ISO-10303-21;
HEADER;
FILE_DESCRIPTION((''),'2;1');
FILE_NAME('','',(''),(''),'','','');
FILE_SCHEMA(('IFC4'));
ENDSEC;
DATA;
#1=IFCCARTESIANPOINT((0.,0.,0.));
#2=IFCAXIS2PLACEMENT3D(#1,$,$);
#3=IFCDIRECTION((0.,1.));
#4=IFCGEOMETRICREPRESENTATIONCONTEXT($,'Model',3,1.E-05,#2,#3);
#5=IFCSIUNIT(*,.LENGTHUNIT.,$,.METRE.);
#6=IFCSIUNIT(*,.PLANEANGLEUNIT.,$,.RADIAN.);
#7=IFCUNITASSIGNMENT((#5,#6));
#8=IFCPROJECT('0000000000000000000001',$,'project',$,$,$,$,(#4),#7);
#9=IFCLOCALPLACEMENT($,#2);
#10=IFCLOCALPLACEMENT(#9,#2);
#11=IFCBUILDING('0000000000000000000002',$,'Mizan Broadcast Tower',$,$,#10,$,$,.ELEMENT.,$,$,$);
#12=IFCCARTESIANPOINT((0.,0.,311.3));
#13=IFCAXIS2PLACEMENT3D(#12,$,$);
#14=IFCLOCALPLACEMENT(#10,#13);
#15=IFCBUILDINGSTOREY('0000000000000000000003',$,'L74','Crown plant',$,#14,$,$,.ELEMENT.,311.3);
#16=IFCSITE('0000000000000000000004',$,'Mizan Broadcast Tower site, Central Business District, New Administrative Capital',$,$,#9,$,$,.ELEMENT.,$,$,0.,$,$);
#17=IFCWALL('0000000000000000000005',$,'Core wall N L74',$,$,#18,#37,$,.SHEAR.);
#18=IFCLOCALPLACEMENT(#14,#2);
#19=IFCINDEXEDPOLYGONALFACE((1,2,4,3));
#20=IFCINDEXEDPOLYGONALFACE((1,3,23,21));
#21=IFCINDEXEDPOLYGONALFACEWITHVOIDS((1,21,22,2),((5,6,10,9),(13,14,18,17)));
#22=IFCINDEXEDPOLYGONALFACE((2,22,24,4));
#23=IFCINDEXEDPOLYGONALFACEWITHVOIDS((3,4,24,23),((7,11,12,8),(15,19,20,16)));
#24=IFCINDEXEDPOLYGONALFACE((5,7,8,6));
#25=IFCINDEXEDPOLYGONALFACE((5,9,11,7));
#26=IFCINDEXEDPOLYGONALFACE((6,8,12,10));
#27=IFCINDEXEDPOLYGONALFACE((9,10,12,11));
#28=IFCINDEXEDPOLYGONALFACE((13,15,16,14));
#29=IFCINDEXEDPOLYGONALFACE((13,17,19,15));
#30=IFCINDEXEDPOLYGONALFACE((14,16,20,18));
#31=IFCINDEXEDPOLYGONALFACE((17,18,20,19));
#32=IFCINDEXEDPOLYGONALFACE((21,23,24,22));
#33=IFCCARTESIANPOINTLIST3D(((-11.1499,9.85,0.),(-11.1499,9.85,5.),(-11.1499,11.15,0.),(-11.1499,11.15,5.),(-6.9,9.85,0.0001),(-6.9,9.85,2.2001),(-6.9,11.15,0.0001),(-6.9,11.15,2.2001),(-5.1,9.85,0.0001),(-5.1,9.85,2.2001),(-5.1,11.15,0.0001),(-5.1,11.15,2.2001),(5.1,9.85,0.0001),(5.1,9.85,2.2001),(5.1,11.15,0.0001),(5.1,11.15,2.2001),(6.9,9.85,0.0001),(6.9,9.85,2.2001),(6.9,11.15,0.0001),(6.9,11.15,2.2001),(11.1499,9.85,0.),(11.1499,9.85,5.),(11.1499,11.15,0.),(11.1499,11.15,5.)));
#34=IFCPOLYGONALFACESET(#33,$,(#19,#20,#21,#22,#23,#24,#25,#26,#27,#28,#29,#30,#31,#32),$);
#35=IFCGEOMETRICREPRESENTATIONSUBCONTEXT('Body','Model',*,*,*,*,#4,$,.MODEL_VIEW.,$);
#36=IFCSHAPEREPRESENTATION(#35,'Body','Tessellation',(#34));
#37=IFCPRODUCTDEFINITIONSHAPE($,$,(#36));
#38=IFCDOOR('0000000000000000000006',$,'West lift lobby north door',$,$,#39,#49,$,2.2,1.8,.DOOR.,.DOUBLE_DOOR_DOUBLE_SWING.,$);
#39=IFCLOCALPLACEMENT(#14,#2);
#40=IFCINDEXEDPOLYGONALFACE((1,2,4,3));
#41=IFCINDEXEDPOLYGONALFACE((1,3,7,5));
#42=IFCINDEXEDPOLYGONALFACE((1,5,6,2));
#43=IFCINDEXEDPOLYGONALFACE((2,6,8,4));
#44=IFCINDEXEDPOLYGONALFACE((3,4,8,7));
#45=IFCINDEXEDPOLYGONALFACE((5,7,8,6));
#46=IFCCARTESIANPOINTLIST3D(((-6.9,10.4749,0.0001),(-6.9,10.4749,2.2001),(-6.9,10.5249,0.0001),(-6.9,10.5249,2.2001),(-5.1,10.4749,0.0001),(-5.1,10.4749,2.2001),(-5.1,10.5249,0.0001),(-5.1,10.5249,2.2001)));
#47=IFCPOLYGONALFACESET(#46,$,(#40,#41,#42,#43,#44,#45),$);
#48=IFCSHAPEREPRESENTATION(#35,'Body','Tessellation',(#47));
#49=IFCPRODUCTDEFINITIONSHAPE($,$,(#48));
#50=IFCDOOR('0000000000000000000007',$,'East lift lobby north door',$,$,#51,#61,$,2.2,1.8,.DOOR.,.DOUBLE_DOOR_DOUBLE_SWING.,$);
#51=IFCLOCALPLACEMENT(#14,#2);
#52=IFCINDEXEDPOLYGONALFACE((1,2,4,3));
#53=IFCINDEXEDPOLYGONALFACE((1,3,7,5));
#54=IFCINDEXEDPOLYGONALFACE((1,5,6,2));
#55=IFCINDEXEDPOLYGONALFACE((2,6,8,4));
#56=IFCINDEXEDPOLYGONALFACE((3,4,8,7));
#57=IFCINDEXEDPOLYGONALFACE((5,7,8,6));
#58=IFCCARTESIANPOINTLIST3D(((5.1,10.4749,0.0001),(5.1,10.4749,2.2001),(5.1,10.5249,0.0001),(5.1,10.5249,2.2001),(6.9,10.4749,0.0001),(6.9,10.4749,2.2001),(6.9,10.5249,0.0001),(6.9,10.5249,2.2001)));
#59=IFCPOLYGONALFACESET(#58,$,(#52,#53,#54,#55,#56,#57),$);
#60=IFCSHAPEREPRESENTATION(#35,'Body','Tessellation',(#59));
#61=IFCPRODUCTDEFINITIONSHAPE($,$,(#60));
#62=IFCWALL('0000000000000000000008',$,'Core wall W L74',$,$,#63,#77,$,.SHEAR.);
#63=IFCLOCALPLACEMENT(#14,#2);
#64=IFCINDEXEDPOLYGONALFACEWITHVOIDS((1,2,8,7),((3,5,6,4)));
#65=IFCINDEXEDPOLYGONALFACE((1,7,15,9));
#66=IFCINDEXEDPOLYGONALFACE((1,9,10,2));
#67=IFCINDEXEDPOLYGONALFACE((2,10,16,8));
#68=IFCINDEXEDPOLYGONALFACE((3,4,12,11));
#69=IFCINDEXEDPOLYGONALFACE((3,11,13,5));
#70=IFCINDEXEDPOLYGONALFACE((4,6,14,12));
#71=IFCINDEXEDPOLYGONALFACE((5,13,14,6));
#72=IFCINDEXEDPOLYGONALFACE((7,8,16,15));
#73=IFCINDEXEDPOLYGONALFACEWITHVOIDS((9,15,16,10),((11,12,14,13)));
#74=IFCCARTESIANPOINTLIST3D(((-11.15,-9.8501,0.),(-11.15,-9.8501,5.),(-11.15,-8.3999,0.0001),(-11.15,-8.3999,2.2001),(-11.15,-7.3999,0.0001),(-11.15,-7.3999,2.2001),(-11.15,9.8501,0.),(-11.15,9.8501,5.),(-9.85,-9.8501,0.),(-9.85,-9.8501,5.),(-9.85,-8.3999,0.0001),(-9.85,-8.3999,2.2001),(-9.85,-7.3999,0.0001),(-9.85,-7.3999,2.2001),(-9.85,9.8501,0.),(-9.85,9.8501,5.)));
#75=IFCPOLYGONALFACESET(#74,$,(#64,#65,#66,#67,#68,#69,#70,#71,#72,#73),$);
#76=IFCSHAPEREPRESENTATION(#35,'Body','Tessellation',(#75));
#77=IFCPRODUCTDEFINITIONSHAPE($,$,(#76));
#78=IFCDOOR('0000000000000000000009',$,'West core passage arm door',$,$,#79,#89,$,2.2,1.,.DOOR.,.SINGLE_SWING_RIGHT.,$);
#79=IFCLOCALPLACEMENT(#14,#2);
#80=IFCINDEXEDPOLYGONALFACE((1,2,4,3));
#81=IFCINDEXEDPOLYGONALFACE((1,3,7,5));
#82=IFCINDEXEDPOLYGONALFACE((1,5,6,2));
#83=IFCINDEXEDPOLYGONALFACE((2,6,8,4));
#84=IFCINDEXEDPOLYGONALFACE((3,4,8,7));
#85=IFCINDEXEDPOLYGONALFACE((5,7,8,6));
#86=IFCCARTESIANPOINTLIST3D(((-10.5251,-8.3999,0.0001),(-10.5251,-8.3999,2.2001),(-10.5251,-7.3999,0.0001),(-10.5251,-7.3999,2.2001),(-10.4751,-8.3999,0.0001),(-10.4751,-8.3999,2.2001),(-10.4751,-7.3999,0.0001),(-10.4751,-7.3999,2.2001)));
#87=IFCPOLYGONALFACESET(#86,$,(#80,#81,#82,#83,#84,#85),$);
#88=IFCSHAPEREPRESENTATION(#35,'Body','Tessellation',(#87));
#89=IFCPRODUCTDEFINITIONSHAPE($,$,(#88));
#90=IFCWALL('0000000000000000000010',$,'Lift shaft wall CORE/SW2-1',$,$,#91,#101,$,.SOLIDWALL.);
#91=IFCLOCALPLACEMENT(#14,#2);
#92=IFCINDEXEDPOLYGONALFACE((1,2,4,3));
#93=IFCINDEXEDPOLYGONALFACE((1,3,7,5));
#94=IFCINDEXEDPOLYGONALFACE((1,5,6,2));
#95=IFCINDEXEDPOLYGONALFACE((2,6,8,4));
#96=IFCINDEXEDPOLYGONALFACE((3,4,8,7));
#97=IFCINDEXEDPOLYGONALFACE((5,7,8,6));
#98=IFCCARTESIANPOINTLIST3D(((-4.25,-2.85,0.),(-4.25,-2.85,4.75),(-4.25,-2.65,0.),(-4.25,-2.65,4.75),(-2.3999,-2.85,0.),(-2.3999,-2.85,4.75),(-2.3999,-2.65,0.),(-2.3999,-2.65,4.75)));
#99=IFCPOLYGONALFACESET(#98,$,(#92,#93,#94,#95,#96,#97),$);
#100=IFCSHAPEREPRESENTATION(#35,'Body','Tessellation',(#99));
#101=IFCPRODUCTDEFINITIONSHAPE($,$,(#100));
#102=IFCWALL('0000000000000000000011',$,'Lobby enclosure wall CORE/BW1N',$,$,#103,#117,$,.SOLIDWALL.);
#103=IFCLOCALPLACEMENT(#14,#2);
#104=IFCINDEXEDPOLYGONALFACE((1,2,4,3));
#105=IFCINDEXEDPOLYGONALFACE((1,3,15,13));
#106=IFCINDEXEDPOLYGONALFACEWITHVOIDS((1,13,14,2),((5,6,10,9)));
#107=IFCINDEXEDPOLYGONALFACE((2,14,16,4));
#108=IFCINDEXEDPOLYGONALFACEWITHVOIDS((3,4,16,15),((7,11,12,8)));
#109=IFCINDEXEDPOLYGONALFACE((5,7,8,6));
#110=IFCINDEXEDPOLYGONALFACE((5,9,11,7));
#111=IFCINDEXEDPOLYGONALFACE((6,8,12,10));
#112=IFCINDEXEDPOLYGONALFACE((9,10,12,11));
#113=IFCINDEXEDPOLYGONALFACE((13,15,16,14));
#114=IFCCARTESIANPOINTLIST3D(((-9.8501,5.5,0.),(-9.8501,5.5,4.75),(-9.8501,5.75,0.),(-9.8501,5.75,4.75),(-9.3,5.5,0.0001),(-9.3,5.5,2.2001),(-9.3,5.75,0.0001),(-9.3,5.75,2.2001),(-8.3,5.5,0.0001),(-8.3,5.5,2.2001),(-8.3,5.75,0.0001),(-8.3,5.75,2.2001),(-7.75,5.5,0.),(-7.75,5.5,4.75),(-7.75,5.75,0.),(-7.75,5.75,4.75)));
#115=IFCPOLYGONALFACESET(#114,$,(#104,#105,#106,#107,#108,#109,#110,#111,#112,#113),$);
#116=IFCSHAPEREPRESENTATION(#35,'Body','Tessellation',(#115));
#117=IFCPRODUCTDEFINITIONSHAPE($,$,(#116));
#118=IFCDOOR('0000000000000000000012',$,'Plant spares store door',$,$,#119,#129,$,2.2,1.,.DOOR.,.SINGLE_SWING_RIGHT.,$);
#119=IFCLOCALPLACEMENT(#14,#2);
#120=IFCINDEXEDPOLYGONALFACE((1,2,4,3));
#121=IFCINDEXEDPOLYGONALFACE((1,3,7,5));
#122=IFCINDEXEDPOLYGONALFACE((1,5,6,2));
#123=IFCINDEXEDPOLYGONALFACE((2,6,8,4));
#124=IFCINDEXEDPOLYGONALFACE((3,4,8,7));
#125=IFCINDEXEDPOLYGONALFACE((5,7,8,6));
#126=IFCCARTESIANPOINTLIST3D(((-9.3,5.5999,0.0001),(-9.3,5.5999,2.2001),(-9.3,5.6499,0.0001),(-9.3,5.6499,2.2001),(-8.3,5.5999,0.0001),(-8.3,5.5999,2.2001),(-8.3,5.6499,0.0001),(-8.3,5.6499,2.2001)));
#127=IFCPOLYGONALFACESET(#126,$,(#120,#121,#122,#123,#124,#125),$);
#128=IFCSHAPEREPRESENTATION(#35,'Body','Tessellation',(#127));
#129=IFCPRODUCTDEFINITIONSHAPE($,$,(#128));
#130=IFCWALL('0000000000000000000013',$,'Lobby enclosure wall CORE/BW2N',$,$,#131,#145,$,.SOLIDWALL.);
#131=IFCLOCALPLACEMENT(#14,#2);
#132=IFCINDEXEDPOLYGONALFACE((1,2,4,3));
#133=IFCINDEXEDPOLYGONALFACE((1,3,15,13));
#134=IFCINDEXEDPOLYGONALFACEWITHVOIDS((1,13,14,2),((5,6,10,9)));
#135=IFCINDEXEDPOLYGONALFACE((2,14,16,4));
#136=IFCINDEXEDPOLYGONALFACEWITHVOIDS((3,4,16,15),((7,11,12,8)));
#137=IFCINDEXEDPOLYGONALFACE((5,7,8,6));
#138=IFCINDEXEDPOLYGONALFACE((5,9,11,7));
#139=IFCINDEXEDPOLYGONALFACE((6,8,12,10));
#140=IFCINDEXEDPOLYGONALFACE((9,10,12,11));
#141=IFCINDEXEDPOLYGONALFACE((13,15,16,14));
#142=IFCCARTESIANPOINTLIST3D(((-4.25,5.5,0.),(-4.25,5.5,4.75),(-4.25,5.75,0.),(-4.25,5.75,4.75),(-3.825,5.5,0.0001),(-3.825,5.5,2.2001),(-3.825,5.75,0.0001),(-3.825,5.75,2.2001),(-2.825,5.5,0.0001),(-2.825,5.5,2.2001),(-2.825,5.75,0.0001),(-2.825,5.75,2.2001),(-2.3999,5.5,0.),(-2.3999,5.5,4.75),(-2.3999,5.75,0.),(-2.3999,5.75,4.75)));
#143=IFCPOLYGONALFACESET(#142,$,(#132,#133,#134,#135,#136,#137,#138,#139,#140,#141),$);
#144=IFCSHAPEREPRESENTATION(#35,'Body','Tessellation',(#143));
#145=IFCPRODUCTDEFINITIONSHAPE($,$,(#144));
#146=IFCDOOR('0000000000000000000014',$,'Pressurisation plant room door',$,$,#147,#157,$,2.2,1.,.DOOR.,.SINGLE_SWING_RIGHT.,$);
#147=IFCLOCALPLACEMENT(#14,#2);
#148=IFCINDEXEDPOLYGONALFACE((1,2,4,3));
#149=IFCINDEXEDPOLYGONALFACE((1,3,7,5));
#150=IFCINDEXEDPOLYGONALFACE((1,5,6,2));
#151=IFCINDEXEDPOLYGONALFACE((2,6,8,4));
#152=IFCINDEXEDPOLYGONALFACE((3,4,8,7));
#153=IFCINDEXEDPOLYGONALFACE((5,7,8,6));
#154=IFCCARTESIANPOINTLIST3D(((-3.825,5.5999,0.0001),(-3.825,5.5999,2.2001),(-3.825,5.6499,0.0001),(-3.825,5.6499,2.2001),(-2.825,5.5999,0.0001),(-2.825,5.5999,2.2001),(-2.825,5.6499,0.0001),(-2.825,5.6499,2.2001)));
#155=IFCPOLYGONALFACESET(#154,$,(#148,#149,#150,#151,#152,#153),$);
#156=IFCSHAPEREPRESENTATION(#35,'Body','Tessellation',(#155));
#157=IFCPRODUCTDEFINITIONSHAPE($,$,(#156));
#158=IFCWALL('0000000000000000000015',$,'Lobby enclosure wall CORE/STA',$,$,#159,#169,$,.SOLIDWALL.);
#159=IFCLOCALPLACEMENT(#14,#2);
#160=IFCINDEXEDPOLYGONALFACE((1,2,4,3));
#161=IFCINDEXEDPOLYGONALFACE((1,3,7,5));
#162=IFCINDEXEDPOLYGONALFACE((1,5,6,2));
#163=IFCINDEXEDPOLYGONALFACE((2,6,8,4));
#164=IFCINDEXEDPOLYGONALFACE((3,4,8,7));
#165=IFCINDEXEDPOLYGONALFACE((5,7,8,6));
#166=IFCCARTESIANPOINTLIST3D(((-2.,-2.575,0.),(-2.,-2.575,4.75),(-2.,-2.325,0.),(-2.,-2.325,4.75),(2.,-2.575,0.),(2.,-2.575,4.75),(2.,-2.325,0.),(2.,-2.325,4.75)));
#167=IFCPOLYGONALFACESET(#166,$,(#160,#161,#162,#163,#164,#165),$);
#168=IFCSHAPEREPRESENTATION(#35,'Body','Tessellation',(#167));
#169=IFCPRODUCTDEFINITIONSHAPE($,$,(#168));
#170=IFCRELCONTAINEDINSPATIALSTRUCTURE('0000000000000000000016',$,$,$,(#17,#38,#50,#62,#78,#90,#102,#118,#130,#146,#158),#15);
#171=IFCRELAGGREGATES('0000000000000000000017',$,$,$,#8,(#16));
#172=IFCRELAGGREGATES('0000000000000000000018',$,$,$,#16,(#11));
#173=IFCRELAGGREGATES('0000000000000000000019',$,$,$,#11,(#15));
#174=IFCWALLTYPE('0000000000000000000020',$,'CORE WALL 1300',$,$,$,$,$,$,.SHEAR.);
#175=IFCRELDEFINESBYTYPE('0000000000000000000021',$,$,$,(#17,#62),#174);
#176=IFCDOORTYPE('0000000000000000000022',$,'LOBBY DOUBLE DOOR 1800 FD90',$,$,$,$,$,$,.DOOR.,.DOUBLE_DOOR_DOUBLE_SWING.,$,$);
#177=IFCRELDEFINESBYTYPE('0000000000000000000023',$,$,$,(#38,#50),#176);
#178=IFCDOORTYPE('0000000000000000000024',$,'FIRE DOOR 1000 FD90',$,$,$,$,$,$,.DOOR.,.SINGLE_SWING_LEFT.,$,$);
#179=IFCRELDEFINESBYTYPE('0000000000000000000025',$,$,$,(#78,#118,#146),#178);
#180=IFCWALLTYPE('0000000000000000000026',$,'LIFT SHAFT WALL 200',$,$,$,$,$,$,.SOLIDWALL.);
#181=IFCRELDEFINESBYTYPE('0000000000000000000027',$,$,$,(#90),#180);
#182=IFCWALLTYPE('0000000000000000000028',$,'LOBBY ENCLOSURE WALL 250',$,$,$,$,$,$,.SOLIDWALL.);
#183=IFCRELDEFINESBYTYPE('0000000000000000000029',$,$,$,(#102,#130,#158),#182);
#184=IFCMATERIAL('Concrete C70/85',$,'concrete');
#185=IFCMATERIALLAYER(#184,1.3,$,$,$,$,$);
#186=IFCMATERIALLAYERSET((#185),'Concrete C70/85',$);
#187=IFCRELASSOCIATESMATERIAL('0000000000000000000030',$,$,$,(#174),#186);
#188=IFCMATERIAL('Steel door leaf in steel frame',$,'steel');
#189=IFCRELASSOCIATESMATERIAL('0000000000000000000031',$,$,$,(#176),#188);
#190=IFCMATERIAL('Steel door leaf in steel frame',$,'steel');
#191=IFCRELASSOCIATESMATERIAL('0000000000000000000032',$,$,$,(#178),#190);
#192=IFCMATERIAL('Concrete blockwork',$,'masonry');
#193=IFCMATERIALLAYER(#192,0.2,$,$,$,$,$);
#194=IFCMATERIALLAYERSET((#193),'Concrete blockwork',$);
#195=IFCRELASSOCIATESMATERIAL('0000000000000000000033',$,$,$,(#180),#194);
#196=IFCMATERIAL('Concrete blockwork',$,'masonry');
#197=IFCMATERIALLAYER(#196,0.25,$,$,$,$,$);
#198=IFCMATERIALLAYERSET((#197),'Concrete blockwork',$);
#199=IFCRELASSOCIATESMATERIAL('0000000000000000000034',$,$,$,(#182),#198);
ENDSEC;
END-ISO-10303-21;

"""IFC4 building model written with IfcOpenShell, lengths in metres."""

from ifc_helpers import new_model, si_unit, direction, frame, frame_2d, origin, place, context, subcontext, project, spatial, rectangle, extrude, material, layer, layer_set, type_object, element, fill, save


model = new_model("IFC4")

# Units and contexts
model_context = context("Model", 3, precision=1e-05, world=origin(), true_north=direction((0.0, 1.0)))
body_context = subcontext(model_context, "Body", "Model", "MODEL_VIEW")
ifc_project = project(units=[si_unit("LENGTHUNIT", "METRE"), si_unit("PLANEANGLEUNIT", "RADIAN")], contexts=[model_context])

# Site, building, storey
site_placement = place(None, origin())
site = spatial("IfcSite", under=ifc_project, at=site_placement, Name="Mizan Broadcast Tower site, Central Business District, New Administrative Capital", CompositionType="ELEMENT", RefElevation=0.0)
building_placement = place(site_placement, origin())
building = spatial("IfcBuilding", under=site, at=building_placement, Name="Mizan Broadcast Tower", CompositionType="ELEMENT")
storey_placement = place(building_placement, frame((0.0, 0.0, 311.3)))
storey = spatial("IfcBuildingStorey", under=building, at=storey_placement, Name="L74", Description="Crown plant", CompositionType="ELEMENT", Elevation=311.3)

# Wall, openings, doors
ifc_material_1 = material(Name="Concrete C70/85", Category="concrete")
ifc_layer_1 = layer(ifc_material_1, 1.3)
ifc_layer_set_1 = layer_set([ifc_layer_1], Name="Concrete C70/85")
wall_type_1 = type_object("IfcWallType", Name="CORE WALL 1300", PredefinedType="SHEAR", material=ifc_layer_set_1)
wall_1_placement = place(storey_placement, frame((-11.1499, 10.5, 0.0), z_axis=(0.0, 0.0, 1.0), x_axis=(1.0, 0.0, 0.0)))
wall_1 = element("IfcWall", 1, at=wall_1_placement, inside=storey, type_object=wall_type_1, Name="Core wall N L74", PredefinedType="SHEAR", context=body_context, shape_type="SweptSolid", body=[
    extrude(rectangle(XDim=22.2998, YDim=1.3, at=frame_2d((11.1499, 0.0))), origin(), (0.0, 0.0, 1.0), 5.0),
])
opening_1_placement = place(wall_1_placement, frame((4.25, 0.0, 0.0)))
opening_1 = element("IfcOpeningElement", 2, at=opening_1_placement, cuts=wall_1, PredefinedType="OPENING", context=body_context, shape_type="SweptSolid", body=[
    extrude(rectangle(XDim=1.8, YDim=2.2, at=frame_2d((0.8999, 1.1001))), frame((0.0, 0.6599, 0.0), z_axis=(0.0, -1.0, 0.0), x_axis=(1.0, 0.0, 0.0)), (0.0, 0.0, 1.0), 1.3201),
])
opening_2_placement = place(wall_1_placement, frame((16.25, 0.0, 0.0)))
opening_2 = element("IfcOpeningElement", 3, at=opening_2_placement, cuts=wall_1, PredefinedType="OPENING", context=body_context, shape_type="SweptSolid", body=[
    extrude(rectangle(XDim=1.8, YDim=2.2, at=frame_2d((0.8999, 1.1001))), frame((0.0, 0.6599, 0.0), z_axis=(0.0, -1.0, 0.0), x_axis=(1.0, 0.0, 0.0)), (0.0, 0.0, 1.0), 1.3201),
])
ifc_material_2 = material(Name="Steel door leaf in steel frame", Category="steel")
door_type_1 = type_object("IfcDoorType", Name="LOBBY DOUBLE DOOR 1800 FD90", OperationType="DOUBLE_DOOR_DOUBLE_SWING", PredefinedType="DOOR", material=ifc_material_2)
door_1_placement = place(opening_1_placement, origin())
door_1 = element("IfcDoor", 4, at=door_1_placement, inside=storey, type_object=door_type_1, Name="West lift lobby north door", OperationType="DOUBLE_DOOR_DOUBLE_SWING", OverallHeight=2.2, OverallWidth=1.8, PredefinedType="DOOR", context=body_context, shape_type="SweptSolid", body=[
    extrude(rectangle(XDim=1.8, YDim=2.2, at=frame_2d((0.8999, 1.1001))), frame((0.0, 0.0249, 0.0), z_axis=(0.0, -1.0, 0.0), x_axis=(1.0, 0.0, 0.0)), (0.0, 0.0, 1.0), 0.05),
])
fill(opening_1, door_1)
door_2_placement = place(opening_2_placement, origin())
door_2 = element("IfcDoor", 5, at=door_2_placement, inside=storey, type_object=door_type_1, Name="East lift lobby north door", OperationType="DOUBLE_DOOR_DOUBLE_SWING", OverallHeight=2.2, OverallWidth=1.8, PredefinedType="DOOR", context=body_context, shape_type="SweptSolid", body=[
    extrude(rectangle(XDim=1.8, YDim=2.2, at=frame_2d((0.8999, 1.1001))), frame((0.0, 0.0249, 0.0), z_axis=(0.0, -1.0, 0.0), x_axis=(1.0, 0.0, 0.0)), (0.0, 0.0, 1.0), 0.05),
])
fill(opening_2, door_2)

# Wall, opening, door
wall_2_placement = place(storey_placement, frame((-10.5, 9.8501, 0.0), z_axis=(0.0, 0.0, 1.0), x_axis=(0.0, -1.0, 0.0)))
wall_2 = element("IfcWall", 6, at=wall_2_placement, inside=storey, type_object=wall_type_1, Name="Core wall W L74", PredefinedType="SHEAR", context=body_context, shape_type="SweptSolid", body=[
    extrude(rectangle(XDim=19.7002, YDim=1.3, at=frame_2d((9.8501, 0.0))), origin(), (0.0, 0.0, 1.0), 5.0),
])
opening_3_placement = place(wall_2_placement, frame((17.25, 0.0, 0.0)))
opening_3 = element("IfcOpeningElement", 7, at=opening_3_placement, cuts=wall_2, PredefinedType="OPENING", context=body_context, shape_type="SweptSolid", body=[
    extrude(rectangle(XDim=1.0, YDim=2.2, at=frame_2d((0.5, 1.1001))), frame((0.0, 0.6599, 0.0), z_axis=(0.0, -1.0, 0.0), x_axis=(1.0, 0.0, 0.0)), (0.0, 0.0, 1.0), 1.3201),
])
ifc_material_3 = material(Name="Steel door leaf in steel frame", Category="steel")
door_type_2 = type_object("IfcDoorType", Name="FIRE DOOR 1000 FD90", OperationType="SINGLE_SWING_LEFT", PredefinedType="DOOR", material=ifc_material_3)
door_3_placement = place(opening_3_placement, origin())
door_3 = element("IfcDoor", 8, at=door_3_placement, inside=storey, type_object=door_type_2, Name="West core passage arm door", OperationType="SINGLE_SWING_RIGHT", OverallHeight=2.2, OverallWidth=1.0, PredefinedType="DOOR", context=body_context, shape_type="SweptSolid", body=[
    extrude(rectangle(XDim=1.0, YDim=2.2, at=frame_2d((0.5, 1.1001))), frame((0.0, 0.0249, 0.0), z_axis=(0.0, -1.0, 0.0), x_axis=(1.0, 0.0, 0.0)), (0.0, 0.0, 1.0), 0.05),
])
fill(opening_3, door_3)

# Wall
ifc_material_4 = material(Name="Concrete blockwork", Category="masonry")
ifc_layer_2 = layer(ifc_material_4, 0.2)
ifc_layer_set_2 = layer_set([ifc_layer_2], Name="Concrete blockwork")
wall_type_2 = type_object("IfcWallType", Name="LIFT SHAFT WALL 200", PredefinedType="SOLIDWALL", material=ifc_layer_set_2)
wall_3_placement = place(storey_placement, frame((-4.25, -2.75, 0.0), z_axis=(0.0, 0.0, 1.0), x_axis=(1.0, 0.0, 0.0)))
element("IfcWall", 9, at=wall_3_placement, inside=storey, type_object=wall_type_2, Name="Lift shaft wall CORE/SW2-1", PredefinedType="SOLIDWALL", context=body_context, shape_type="SweptSolid", body=[
    extrude(rectangle(XDim=1.8501, YDim=0.2, at=frame_2d((0.925, 0.0))), origin(), (0.0, 0.0, 1.0), 4.75),
])

# Walls, openings, doors
ifc_material_5 = material(Name="Concrete blockwork", Category="masonry")
ifc_layer_3 = layer(ifc_material_5, 0.25)
ifc_layer_set_3 = layer_set([ifc_layer_3], Name="Concrete blockwork")
wall_type_3 = type_object("IfcWallType", Name="LOBBY ENCLOSURE WALL 250", PredefinedType="SOLIDWALL", material=ifc_layer_set_3)
wall_4_placement = place(storey_placement, frame((-9.8501, 5.625, 0.0), z_axis=(0.0, 0.0, 1.0), x_axis=(1.0, 0.0, 0.0)))
wall_4 = element("IfcWall", 10, at=wall_4_placement, inside=storey, type_object=wall_type_3, Name="Lobby enclosure wall CORE/BW1N", PredefinedType="SOLIDWALL", context=body_context, shape_type="SweptSolid", body=[
    extrude(rectangle(XDim=2.1001, YDim=0.25, at=frame_2d((1.05, 0.0))), origin(), (0.0, 0.0, 1.0), 4.75),
])
opening_4_placement = place(wall_4_placement, frame((0.55, 0.0, 0.0)))
opening_4 = element("IfcOpeningElement", 11, at=opening_4_placement, cuts=wall_4, PredefinedType="OPENING", context=body_context, shape_type="SweptSolid", body=[
    extrude(rectangle(XDim=1.0, YDim=2.2, at=frame_2d((0.5, 1.1001))), frame((0.0, 0.135, 0.0), z_axis=(0.0, -1.0, 0.0), x_axis=(1.0, 0.0, 0.0)), (0.0, 0.0, 1.0), 0.27),
])
door_4_placement = place(opening_4_placement, origin())
door_4 = element("IfcDoor", 12, at=door_4_placement, inside=storey, type_object=door_type_2, Name="Plant spares store door", OperationType="SINGLE_SWING_RIGHT", OverallHeight=2.2, OverallWidth=1.0, PredefinedType="DOOR", context=body_context, shape_type="SweptSolid", body=[
    extrude(rectangle(XDim=1.0, YDim=2.2, at=frame_2d((0.5, 1.1001))), frame((0.0, 0.0249, 0.0), z_axis=(0.0, -1.0, 0.0), x_axis=(1.0, 0.0, 0.0)), (0.0, 0.0, 1.0), 0.05),
])
fill(opening_4, door_4)
wall_5_placement = place(storey_placement, frame((-4.25, 5.625, 0.0), z_axis=(0.0, 0.0, 1.0), x_axis=(1.0, 0.0, 0.0)))
wall_5 = element("IfcWall", 13, at=wall_5_placement, inside=storey, type_object=wall_type_3, Name="Lobby enclosure wall CORE/BW2N", PredefinedType="SOLIDWALL", context=body_context, shape_type="SweptSolid", body=[
    extrude(rectangle(XDim=1.8501, YDim=0.25, at=frame_2d((0.925, 0.0))), origin(), (0.0, 0.0, 1.0), 4.75),
])
opening_5_placement = place(wall_5_placement, frame((0.425, 0.0, 0.0)))
opening_5 = element("IfcOpeningElement", 14, at=opening_5_placement, cuts=wall_5, PredefinedType="OPENING", context=body_context, shape_type="SweptSolid", body=[
    extrude(rectangle(XDim=1.0, YDim=2.2, at=frame_2d((0.5, 1.1001))), frame((0.0, 0.135, 0.0), z_axis=(0.0, -1.0, 0.0), x_axis=(1.0, 0.0, 0.0)), (0.0, 0.0, 1.0), 0.27),
])
door_5_placement = place(opening_5_placement, origin())
door_5 = element("IfcDoor", 15, at=door_5_placement, inside=storey, type_object=door_type_2, Name="Pressurisation plant room door", OperationType="SINGLE_SWING_RIGHT", OverallHeight=2.2, OverallWidth=1.0, PredefinedType="DOOR", context=body_context, shape_type="SweptSolid", body=[
    extrude(rectangle(XDim=1.0, YDim=2.2, at=frame_2d((0.5, 1.1001))), frame((0.0, 0.0249, 0.0), z_axis=(0.0, -1.0, 0.0), x_axis=(1.0, 0.0, 0.0)), (0.0, 0.0, 1.0), 0.05),
])
fill(opening_5, door_5)

# Wall
for number, where, z_axis, x_axis, name in (
    (16, (-2.0, -2.45, 0.0), (0.0, 0.0, 1.0), (1.0, 0.0, 0.0), "Lobby enclosure wall CORE/STA"),
):
    element("IfcWall", number, at=place(storey_placement, frame(where, z_axis=z_axis, x_axis=x_axis)), inside=storey, type_object=wall_type_3, Name=name, PredefinedType="SOLIDWALL", context=body_context, shape_type="SweptSolid", body=[
        extrude(rectangle(XDim=4.0, YDim=0.25, at=frame_2d((2.0, 0.0))), origin(), (0.0, 0.0, 1.0), 4.75),
    ])

save(model, "model.ifc")
